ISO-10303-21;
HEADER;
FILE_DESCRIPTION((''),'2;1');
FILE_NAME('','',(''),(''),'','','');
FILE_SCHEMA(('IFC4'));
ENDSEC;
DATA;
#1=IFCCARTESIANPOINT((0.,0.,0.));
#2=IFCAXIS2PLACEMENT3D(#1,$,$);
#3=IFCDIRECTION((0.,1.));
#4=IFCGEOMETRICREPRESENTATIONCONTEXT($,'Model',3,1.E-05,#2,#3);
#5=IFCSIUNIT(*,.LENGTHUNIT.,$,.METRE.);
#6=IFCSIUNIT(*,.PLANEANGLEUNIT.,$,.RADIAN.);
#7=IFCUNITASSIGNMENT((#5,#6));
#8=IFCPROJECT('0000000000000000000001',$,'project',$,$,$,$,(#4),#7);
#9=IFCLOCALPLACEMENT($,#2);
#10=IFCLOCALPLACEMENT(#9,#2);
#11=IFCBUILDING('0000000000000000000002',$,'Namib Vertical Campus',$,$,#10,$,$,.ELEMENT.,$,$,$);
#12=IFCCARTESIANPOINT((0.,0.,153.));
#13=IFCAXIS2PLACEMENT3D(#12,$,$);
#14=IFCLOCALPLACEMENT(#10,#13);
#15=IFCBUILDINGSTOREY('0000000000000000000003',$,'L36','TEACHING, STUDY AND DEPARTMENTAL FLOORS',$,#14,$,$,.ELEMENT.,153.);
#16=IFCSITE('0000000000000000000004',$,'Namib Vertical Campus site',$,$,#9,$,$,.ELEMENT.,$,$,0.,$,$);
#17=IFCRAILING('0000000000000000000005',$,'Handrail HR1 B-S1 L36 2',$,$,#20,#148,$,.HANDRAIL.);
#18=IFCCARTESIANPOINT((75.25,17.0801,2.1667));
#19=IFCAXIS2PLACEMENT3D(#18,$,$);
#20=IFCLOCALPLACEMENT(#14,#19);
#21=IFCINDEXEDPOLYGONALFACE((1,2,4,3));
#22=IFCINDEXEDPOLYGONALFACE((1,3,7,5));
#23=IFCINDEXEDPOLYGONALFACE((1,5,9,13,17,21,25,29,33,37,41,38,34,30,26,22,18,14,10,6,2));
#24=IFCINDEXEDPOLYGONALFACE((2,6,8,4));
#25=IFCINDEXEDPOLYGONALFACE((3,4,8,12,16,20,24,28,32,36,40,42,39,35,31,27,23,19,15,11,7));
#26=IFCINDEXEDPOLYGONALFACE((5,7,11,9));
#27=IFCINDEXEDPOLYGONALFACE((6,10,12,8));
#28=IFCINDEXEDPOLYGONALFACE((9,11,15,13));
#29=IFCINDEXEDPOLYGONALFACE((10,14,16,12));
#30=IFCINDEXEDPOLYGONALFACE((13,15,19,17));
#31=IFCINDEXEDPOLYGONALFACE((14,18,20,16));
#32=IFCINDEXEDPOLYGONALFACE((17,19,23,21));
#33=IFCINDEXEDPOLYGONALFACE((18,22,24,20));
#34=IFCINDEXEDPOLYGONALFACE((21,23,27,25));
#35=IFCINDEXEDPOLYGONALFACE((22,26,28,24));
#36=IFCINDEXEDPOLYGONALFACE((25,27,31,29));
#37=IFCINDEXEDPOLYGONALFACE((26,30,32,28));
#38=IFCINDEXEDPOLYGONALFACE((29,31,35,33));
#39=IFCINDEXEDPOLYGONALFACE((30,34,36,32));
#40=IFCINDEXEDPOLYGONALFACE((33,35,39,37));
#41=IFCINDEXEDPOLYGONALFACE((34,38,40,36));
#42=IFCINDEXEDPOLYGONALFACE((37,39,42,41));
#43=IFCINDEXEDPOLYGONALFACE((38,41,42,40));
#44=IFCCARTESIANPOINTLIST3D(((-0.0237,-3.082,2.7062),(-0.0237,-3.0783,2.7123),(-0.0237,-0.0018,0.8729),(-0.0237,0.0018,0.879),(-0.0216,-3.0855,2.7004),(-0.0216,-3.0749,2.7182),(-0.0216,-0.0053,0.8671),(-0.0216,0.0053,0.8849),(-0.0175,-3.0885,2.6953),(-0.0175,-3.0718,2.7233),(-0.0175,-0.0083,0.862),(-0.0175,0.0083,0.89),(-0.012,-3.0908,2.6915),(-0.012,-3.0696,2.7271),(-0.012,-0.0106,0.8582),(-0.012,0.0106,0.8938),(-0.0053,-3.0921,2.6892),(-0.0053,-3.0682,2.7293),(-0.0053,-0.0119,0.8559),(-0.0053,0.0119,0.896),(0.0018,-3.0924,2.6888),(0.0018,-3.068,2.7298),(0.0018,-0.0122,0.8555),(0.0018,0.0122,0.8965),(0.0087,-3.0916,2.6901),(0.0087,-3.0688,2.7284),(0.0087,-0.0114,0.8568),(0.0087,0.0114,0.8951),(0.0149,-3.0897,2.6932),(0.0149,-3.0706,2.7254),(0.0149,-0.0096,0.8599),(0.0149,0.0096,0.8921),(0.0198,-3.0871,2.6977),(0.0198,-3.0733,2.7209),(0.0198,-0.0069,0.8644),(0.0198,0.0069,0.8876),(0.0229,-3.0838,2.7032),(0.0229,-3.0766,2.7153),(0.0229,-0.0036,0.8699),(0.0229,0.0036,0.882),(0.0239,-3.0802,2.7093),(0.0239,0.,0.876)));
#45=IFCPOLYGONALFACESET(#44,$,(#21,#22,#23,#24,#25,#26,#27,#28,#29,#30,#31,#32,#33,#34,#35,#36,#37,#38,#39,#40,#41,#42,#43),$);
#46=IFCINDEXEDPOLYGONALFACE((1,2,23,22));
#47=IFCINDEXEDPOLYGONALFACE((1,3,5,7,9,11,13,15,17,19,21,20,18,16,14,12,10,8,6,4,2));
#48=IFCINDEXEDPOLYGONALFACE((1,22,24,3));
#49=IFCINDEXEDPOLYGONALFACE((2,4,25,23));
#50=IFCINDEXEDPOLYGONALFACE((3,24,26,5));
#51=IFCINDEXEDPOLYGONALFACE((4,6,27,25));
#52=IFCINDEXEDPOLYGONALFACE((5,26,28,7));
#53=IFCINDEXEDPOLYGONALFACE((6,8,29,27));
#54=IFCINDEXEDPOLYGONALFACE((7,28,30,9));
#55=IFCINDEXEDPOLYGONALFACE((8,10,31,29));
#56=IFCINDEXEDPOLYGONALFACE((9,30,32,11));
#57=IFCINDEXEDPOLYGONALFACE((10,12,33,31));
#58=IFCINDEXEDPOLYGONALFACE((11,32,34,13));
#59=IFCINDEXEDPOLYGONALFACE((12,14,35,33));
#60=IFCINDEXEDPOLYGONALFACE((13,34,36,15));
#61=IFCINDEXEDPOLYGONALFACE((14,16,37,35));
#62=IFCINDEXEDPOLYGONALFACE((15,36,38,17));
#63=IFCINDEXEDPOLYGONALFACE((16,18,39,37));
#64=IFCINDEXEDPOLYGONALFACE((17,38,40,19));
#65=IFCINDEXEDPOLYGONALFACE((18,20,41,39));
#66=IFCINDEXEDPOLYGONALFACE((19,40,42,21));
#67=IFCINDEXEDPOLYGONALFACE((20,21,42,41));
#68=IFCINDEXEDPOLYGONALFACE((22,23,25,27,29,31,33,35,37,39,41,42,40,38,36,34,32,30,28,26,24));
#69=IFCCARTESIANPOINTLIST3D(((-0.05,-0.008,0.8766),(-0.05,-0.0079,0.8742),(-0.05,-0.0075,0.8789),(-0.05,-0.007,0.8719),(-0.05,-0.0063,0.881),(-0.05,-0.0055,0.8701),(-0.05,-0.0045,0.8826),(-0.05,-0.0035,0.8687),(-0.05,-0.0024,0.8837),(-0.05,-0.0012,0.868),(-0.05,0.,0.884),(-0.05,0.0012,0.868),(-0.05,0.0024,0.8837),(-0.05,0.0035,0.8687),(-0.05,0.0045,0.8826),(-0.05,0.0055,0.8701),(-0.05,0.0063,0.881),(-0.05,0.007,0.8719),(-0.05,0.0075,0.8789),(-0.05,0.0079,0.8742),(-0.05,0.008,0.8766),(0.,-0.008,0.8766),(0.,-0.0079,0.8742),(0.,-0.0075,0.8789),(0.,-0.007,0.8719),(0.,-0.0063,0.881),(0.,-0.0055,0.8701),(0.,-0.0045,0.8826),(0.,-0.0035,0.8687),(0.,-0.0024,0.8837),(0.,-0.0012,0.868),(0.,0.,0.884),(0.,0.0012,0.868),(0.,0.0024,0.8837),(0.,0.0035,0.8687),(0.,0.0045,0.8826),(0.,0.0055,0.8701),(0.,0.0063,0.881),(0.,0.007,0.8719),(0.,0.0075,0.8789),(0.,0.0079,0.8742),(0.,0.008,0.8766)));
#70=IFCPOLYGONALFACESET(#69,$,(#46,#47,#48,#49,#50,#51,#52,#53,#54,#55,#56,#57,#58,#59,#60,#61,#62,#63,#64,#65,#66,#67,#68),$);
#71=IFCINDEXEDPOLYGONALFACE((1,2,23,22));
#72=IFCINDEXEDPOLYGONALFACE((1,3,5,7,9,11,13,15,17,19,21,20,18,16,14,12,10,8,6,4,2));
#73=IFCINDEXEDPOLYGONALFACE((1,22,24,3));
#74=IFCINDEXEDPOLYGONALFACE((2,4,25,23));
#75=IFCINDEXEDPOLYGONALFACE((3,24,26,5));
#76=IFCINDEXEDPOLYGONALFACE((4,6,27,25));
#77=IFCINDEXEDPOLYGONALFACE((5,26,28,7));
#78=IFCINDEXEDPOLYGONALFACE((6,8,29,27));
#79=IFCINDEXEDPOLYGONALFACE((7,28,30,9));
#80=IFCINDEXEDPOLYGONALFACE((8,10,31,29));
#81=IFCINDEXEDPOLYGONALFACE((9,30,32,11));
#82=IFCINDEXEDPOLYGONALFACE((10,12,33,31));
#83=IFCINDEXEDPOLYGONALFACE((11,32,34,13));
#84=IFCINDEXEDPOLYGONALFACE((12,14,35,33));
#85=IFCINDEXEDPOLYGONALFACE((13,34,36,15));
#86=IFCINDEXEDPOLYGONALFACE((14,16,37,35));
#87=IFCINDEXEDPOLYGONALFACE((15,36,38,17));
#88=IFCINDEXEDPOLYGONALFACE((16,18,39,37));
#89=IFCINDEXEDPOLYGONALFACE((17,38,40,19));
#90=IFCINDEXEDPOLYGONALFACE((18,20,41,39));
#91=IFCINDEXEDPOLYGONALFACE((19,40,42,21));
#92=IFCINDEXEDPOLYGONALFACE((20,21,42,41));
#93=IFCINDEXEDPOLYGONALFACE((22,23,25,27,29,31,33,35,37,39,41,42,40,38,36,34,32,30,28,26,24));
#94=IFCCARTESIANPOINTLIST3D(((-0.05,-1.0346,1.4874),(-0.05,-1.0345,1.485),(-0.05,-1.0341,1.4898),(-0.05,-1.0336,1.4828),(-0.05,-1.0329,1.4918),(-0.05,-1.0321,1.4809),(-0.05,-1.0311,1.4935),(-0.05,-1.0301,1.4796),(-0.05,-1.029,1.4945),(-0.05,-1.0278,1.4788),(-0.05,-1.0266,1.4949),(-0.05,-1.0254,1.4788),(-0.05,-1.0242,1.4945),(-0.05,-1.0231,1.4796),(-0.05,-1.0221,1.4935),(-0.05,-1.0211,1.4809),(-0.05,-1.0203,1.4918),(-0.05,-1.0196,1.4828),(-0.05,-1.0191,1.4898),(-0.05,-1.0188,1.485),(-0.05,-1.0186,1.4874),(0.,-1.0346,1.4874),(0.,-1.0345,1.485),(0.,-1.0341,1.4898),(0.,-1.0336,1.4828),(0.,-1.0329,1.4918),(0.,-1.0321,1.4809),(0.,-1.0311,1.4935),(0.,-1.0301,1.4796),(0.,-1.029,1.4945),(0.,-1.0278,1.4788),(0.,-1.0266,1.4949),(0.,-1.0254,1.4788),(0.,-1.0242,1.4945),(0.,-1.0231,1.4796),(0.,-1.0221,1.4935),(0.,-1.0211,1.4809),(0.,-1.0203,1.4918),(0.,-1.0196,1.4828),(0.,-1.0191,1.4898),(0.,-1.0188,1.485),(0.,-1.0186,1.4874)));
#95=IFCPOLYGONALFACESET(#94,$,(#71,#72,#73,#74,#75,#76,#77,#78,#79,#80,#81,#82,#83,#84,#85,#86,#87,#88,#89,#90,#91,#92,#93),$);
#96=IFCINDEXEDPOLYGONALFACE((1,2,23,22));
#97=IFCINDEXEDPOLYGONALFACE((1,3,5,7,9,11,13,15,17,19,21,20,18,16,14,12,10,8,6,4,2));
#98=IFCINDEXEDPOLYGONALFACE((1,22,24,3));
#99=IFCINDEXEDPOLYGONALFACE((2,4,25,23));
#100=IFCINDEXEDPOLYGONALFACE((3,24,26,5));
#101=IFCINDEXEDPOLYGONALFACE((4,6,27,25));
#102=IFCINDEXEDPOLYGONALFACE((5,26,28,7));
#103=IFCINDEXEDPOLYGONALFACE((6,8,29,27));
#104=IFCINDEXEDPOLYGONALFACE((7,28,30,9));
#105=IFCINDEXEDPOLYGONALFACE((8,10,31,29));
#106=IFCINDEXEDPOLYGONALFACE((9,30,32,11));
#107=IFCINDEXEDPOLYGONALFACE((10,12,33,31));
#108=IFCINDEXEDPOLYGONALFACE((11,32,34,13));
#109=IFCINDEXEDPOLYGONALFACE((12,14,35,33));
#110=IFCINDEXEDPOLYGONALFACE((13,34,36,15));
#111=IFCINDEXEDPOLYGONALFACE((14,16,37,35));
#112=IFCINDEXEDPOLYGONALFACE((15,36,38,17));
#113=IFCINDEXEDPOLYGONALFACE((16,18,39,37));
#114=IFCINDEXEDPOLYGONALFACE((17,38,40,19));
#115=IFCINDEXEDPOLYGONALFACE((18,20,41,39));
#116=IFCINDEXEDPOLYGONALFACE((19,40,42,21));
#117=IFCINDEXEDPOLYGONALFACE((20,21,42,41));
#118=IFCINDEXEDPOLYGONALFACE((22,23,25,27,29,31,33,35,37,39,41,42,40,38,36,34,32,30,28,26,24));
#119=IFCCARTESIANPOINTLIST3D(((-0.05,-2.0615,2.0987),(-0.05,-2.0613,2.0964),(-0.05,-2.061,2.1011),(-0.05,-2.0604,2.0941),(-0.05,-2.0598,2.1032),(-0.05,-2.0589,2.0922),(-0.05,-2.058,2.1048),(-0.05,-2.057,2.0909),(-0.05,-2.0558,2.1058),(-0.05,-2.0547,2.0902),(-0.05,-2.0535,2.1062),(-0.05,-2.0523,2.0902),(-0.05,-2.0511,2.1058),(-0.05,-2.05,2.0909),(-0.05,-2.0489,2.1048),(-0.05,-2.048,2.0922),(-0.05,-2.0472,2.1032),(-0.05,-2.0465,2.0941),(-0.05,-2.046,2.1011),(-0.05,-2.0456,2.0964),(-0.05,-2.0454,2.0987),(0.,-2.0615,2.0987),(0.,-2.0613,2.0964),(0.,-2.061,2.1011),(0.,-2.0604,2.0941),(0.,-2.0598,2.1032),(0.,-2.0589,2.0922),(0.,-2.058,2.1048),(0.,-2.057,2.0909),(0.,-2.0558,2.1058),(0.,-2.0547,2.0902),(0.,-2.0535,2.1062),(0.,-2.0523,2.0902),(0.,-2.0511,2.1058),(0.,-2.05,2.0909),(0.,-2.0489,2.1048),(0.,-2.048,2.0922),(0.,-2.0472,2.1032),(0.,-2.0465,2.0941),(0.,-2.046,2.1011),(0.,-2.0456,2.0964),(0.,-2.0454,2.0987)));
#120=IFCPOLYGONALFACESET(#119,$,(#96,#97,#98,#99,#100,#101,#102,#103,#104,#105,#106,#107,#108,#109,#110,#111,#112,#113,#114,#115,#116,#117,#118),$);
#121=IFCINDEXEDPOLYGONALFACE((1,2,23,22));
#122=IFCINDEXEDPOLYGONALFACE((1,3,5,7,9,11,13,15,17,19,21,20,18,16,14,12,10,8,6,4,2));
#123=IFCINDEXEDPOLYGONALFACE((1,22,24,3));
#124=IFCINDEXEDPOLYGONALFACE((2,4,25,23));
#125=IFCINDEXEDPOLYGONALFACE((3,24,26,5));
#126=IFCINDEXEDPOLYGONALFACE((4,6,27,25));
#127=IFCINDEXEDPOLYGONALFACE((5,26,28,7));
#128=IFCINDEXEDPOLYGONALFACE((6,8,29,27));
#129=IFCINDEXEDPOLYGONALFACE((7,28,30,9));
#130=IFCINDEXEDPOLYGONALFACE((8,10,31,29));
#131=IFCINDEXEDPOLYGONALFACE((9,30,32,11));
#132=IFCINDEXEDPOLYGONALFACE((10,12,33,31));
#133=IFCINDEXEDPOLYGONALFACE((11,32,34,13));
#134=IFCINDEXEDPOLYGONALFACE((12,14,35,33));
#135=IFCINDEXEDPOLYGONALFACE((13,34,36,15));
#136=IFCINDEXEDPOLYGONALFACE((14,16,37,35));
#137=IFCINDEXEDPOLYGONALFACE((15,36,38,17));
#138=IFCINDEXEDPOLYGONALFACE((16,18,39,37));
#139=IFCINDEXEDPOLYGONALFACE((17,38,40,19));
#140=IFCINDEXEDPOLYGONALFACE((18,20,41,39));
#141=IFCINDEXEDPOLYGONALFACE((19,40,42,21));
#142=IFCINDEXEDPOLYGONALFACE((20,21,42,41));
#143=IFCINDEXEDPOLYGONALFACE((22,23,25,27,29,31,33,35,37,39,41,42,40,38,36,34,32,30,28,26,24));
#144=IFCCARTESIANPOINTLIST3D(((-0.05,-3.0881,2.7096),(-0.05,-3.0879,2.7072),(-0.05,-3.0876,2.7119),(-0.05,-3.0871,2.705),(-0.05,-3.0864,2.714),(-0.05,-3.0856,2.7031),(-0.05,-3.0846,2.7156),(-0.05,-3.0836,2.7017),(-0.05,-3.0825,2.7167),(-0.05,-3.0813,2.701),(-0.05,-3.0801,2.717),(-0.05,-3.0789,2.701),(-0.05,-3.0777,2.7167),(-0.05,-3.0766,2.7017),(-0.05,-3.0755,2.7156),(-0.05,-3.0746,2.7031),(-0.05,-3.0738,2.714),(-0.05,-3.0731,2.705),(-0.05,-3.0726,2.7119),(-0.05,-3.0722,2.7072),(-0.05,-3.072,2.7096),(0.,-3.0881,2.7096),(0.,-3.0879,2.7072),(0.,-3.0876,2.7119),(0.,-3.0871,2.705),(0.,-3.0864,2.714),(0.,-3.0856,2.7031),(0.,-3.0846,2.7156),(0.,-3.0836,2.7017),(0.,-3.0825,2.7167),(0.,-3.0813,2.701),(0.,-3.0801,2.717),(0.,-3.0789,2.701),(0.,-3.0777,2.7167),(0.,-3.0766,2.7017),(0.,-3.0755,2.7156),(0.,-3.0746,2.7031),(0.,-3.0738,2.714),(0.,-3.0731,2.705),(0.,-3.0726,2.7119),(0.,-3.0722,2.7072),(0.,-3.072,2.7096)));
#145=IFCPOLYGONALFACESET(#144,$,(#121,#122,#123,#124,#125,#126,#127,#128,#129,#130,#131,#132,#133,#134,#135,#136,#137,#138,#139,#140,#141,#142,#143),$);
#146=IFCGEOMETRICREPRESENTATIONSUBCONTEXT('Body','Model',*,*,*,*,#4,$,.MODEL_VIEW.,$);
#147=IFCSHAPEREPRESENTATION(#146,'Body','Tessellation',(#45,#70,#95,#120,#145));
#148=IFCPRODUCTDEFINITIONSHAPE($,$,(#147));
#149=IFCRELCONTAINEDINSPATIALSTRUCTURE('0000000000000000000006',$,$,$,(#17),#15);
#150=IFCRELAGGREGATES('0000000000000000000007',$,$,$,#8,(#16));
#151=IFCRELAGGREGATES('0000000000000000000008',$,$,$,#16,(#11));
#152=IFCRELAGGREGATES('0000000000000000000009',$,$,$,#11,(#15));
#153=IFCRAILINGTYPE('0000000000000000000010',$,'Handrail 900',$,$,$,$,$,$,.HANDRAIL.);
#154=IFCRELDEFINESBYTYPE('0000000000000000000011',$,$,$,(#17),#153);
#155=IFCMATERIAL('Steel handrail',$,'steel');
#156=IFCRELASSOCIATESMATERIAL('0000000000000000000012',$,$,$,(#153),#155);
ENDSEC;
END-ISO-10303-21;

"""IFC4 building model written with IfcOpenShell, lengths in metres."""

from ifc_helpers import new_model, si_unit, direction, frame, origin, origin_2d, place, context, subcontext, project, spatial, circle, extrude, material, type_object, element, save


model = new_model("IFC4")

# Units and contexts
model_context = context("Model", 3, precision=1e-05, world=origin(), true_north=direction((0.0, 1.0)))
body_context = subcontext(model_context, "Body", "Model", "MODEL_VIEW")
ifc_project = project(units=[si_unit("LENGTHUNIT", "METRE"), si_unit("PLANEANGLEUNIT", "RADIAN")], contexts=[model_context])

# Site, building, storey
site_placement = place(None, origin())
site = spatial("IfcSite", under=ifc_project, at=site_placement, Name="Namib Vertical Campus site", CompositionType="ELEMENT", RefElevation=0.0)
building_placement = place(site_placement, origin())
building = spatial("IfcBuilding", under=site, at=building_placement, Name="Namib Vertical Campus", CompositionType="ELEMENT")
storey_placement = place(building_placement, frame((0.0, 0.0, 153.0)))
storey = spatial("IfcBuildingStorey", under=building, at=storey_placement, Name="L36", Description="TEACHING, STUDY AND DEPARTMENTAL FLOORS", CompositionType="ELEMENT", Elevation=153.0)

# Railing
ifc_material_1 = material(Name="Steel handrail", Category="steel")
railing_type_1 = type_object("IfcRailingType", Name="Handrail 900", PredefinedType="HANDRAIL", material=ifc_material_1)
railing_1_placement = place(storey_placement, frame((75.25, 17.0801, 2.1667)))
element("IfcRailing", 1, at=railing_1_placement, inside=storey, type_object=railing_type_1, Name="Handrail HR1 B-S1 L36 2", PredefinedType="HANDRAIL", context=body_context, shape_type="SweptSolid", body=[
    extrude(circle(Radius=0.0239, at=origin_2d()), frame((0.0, 0.0, 0.876), z_axis=(0.0, -0.859309, 0.511458), x_axis=(1.0, 0.0, 0.0)), (0.0, 0.0, 1.0), 3.5845),
    extrude(circle(Radius=0.0081, at=origin_2d()), frame((0.0, 0.0, 0.876), z_axis=(-1.0, 0.0, 0.0), x_axis=(0.0, 0.0, 1.0)), (0.0, 0.0, 1.0), 0.05),
    extrude(circle(Radius=0.0081, at=origin_2d()), frame((0.0, -1.0266, 1.4868), z_axis=(-1.0, 0.0, 0.0), x_axis=(0.0, 0.0, 1.0)), (0.0, 0.0, 1.0), 0.05),
    extrude(circle(Radius=0.0081, at=origin_2d()), frame((0.0, -2.0535, 2.0981), z_axis=(-1.0, 0.0, 0.0), x_axis=(0.0, 0.0, 1.0)), (0.0, 0.0, 1.0), 0.05),
    extrude(circle(Radius=0.0081, at=origin_2d()), frame((0.0, -3.0801, 2.709), z_axis=(-1.0, 0.0, 0.0), x_axis=(0.0, 0.0, 1.0)), (0.0, 0.0, 1.0), 0.05),
])

save(model, "model.ifc")
